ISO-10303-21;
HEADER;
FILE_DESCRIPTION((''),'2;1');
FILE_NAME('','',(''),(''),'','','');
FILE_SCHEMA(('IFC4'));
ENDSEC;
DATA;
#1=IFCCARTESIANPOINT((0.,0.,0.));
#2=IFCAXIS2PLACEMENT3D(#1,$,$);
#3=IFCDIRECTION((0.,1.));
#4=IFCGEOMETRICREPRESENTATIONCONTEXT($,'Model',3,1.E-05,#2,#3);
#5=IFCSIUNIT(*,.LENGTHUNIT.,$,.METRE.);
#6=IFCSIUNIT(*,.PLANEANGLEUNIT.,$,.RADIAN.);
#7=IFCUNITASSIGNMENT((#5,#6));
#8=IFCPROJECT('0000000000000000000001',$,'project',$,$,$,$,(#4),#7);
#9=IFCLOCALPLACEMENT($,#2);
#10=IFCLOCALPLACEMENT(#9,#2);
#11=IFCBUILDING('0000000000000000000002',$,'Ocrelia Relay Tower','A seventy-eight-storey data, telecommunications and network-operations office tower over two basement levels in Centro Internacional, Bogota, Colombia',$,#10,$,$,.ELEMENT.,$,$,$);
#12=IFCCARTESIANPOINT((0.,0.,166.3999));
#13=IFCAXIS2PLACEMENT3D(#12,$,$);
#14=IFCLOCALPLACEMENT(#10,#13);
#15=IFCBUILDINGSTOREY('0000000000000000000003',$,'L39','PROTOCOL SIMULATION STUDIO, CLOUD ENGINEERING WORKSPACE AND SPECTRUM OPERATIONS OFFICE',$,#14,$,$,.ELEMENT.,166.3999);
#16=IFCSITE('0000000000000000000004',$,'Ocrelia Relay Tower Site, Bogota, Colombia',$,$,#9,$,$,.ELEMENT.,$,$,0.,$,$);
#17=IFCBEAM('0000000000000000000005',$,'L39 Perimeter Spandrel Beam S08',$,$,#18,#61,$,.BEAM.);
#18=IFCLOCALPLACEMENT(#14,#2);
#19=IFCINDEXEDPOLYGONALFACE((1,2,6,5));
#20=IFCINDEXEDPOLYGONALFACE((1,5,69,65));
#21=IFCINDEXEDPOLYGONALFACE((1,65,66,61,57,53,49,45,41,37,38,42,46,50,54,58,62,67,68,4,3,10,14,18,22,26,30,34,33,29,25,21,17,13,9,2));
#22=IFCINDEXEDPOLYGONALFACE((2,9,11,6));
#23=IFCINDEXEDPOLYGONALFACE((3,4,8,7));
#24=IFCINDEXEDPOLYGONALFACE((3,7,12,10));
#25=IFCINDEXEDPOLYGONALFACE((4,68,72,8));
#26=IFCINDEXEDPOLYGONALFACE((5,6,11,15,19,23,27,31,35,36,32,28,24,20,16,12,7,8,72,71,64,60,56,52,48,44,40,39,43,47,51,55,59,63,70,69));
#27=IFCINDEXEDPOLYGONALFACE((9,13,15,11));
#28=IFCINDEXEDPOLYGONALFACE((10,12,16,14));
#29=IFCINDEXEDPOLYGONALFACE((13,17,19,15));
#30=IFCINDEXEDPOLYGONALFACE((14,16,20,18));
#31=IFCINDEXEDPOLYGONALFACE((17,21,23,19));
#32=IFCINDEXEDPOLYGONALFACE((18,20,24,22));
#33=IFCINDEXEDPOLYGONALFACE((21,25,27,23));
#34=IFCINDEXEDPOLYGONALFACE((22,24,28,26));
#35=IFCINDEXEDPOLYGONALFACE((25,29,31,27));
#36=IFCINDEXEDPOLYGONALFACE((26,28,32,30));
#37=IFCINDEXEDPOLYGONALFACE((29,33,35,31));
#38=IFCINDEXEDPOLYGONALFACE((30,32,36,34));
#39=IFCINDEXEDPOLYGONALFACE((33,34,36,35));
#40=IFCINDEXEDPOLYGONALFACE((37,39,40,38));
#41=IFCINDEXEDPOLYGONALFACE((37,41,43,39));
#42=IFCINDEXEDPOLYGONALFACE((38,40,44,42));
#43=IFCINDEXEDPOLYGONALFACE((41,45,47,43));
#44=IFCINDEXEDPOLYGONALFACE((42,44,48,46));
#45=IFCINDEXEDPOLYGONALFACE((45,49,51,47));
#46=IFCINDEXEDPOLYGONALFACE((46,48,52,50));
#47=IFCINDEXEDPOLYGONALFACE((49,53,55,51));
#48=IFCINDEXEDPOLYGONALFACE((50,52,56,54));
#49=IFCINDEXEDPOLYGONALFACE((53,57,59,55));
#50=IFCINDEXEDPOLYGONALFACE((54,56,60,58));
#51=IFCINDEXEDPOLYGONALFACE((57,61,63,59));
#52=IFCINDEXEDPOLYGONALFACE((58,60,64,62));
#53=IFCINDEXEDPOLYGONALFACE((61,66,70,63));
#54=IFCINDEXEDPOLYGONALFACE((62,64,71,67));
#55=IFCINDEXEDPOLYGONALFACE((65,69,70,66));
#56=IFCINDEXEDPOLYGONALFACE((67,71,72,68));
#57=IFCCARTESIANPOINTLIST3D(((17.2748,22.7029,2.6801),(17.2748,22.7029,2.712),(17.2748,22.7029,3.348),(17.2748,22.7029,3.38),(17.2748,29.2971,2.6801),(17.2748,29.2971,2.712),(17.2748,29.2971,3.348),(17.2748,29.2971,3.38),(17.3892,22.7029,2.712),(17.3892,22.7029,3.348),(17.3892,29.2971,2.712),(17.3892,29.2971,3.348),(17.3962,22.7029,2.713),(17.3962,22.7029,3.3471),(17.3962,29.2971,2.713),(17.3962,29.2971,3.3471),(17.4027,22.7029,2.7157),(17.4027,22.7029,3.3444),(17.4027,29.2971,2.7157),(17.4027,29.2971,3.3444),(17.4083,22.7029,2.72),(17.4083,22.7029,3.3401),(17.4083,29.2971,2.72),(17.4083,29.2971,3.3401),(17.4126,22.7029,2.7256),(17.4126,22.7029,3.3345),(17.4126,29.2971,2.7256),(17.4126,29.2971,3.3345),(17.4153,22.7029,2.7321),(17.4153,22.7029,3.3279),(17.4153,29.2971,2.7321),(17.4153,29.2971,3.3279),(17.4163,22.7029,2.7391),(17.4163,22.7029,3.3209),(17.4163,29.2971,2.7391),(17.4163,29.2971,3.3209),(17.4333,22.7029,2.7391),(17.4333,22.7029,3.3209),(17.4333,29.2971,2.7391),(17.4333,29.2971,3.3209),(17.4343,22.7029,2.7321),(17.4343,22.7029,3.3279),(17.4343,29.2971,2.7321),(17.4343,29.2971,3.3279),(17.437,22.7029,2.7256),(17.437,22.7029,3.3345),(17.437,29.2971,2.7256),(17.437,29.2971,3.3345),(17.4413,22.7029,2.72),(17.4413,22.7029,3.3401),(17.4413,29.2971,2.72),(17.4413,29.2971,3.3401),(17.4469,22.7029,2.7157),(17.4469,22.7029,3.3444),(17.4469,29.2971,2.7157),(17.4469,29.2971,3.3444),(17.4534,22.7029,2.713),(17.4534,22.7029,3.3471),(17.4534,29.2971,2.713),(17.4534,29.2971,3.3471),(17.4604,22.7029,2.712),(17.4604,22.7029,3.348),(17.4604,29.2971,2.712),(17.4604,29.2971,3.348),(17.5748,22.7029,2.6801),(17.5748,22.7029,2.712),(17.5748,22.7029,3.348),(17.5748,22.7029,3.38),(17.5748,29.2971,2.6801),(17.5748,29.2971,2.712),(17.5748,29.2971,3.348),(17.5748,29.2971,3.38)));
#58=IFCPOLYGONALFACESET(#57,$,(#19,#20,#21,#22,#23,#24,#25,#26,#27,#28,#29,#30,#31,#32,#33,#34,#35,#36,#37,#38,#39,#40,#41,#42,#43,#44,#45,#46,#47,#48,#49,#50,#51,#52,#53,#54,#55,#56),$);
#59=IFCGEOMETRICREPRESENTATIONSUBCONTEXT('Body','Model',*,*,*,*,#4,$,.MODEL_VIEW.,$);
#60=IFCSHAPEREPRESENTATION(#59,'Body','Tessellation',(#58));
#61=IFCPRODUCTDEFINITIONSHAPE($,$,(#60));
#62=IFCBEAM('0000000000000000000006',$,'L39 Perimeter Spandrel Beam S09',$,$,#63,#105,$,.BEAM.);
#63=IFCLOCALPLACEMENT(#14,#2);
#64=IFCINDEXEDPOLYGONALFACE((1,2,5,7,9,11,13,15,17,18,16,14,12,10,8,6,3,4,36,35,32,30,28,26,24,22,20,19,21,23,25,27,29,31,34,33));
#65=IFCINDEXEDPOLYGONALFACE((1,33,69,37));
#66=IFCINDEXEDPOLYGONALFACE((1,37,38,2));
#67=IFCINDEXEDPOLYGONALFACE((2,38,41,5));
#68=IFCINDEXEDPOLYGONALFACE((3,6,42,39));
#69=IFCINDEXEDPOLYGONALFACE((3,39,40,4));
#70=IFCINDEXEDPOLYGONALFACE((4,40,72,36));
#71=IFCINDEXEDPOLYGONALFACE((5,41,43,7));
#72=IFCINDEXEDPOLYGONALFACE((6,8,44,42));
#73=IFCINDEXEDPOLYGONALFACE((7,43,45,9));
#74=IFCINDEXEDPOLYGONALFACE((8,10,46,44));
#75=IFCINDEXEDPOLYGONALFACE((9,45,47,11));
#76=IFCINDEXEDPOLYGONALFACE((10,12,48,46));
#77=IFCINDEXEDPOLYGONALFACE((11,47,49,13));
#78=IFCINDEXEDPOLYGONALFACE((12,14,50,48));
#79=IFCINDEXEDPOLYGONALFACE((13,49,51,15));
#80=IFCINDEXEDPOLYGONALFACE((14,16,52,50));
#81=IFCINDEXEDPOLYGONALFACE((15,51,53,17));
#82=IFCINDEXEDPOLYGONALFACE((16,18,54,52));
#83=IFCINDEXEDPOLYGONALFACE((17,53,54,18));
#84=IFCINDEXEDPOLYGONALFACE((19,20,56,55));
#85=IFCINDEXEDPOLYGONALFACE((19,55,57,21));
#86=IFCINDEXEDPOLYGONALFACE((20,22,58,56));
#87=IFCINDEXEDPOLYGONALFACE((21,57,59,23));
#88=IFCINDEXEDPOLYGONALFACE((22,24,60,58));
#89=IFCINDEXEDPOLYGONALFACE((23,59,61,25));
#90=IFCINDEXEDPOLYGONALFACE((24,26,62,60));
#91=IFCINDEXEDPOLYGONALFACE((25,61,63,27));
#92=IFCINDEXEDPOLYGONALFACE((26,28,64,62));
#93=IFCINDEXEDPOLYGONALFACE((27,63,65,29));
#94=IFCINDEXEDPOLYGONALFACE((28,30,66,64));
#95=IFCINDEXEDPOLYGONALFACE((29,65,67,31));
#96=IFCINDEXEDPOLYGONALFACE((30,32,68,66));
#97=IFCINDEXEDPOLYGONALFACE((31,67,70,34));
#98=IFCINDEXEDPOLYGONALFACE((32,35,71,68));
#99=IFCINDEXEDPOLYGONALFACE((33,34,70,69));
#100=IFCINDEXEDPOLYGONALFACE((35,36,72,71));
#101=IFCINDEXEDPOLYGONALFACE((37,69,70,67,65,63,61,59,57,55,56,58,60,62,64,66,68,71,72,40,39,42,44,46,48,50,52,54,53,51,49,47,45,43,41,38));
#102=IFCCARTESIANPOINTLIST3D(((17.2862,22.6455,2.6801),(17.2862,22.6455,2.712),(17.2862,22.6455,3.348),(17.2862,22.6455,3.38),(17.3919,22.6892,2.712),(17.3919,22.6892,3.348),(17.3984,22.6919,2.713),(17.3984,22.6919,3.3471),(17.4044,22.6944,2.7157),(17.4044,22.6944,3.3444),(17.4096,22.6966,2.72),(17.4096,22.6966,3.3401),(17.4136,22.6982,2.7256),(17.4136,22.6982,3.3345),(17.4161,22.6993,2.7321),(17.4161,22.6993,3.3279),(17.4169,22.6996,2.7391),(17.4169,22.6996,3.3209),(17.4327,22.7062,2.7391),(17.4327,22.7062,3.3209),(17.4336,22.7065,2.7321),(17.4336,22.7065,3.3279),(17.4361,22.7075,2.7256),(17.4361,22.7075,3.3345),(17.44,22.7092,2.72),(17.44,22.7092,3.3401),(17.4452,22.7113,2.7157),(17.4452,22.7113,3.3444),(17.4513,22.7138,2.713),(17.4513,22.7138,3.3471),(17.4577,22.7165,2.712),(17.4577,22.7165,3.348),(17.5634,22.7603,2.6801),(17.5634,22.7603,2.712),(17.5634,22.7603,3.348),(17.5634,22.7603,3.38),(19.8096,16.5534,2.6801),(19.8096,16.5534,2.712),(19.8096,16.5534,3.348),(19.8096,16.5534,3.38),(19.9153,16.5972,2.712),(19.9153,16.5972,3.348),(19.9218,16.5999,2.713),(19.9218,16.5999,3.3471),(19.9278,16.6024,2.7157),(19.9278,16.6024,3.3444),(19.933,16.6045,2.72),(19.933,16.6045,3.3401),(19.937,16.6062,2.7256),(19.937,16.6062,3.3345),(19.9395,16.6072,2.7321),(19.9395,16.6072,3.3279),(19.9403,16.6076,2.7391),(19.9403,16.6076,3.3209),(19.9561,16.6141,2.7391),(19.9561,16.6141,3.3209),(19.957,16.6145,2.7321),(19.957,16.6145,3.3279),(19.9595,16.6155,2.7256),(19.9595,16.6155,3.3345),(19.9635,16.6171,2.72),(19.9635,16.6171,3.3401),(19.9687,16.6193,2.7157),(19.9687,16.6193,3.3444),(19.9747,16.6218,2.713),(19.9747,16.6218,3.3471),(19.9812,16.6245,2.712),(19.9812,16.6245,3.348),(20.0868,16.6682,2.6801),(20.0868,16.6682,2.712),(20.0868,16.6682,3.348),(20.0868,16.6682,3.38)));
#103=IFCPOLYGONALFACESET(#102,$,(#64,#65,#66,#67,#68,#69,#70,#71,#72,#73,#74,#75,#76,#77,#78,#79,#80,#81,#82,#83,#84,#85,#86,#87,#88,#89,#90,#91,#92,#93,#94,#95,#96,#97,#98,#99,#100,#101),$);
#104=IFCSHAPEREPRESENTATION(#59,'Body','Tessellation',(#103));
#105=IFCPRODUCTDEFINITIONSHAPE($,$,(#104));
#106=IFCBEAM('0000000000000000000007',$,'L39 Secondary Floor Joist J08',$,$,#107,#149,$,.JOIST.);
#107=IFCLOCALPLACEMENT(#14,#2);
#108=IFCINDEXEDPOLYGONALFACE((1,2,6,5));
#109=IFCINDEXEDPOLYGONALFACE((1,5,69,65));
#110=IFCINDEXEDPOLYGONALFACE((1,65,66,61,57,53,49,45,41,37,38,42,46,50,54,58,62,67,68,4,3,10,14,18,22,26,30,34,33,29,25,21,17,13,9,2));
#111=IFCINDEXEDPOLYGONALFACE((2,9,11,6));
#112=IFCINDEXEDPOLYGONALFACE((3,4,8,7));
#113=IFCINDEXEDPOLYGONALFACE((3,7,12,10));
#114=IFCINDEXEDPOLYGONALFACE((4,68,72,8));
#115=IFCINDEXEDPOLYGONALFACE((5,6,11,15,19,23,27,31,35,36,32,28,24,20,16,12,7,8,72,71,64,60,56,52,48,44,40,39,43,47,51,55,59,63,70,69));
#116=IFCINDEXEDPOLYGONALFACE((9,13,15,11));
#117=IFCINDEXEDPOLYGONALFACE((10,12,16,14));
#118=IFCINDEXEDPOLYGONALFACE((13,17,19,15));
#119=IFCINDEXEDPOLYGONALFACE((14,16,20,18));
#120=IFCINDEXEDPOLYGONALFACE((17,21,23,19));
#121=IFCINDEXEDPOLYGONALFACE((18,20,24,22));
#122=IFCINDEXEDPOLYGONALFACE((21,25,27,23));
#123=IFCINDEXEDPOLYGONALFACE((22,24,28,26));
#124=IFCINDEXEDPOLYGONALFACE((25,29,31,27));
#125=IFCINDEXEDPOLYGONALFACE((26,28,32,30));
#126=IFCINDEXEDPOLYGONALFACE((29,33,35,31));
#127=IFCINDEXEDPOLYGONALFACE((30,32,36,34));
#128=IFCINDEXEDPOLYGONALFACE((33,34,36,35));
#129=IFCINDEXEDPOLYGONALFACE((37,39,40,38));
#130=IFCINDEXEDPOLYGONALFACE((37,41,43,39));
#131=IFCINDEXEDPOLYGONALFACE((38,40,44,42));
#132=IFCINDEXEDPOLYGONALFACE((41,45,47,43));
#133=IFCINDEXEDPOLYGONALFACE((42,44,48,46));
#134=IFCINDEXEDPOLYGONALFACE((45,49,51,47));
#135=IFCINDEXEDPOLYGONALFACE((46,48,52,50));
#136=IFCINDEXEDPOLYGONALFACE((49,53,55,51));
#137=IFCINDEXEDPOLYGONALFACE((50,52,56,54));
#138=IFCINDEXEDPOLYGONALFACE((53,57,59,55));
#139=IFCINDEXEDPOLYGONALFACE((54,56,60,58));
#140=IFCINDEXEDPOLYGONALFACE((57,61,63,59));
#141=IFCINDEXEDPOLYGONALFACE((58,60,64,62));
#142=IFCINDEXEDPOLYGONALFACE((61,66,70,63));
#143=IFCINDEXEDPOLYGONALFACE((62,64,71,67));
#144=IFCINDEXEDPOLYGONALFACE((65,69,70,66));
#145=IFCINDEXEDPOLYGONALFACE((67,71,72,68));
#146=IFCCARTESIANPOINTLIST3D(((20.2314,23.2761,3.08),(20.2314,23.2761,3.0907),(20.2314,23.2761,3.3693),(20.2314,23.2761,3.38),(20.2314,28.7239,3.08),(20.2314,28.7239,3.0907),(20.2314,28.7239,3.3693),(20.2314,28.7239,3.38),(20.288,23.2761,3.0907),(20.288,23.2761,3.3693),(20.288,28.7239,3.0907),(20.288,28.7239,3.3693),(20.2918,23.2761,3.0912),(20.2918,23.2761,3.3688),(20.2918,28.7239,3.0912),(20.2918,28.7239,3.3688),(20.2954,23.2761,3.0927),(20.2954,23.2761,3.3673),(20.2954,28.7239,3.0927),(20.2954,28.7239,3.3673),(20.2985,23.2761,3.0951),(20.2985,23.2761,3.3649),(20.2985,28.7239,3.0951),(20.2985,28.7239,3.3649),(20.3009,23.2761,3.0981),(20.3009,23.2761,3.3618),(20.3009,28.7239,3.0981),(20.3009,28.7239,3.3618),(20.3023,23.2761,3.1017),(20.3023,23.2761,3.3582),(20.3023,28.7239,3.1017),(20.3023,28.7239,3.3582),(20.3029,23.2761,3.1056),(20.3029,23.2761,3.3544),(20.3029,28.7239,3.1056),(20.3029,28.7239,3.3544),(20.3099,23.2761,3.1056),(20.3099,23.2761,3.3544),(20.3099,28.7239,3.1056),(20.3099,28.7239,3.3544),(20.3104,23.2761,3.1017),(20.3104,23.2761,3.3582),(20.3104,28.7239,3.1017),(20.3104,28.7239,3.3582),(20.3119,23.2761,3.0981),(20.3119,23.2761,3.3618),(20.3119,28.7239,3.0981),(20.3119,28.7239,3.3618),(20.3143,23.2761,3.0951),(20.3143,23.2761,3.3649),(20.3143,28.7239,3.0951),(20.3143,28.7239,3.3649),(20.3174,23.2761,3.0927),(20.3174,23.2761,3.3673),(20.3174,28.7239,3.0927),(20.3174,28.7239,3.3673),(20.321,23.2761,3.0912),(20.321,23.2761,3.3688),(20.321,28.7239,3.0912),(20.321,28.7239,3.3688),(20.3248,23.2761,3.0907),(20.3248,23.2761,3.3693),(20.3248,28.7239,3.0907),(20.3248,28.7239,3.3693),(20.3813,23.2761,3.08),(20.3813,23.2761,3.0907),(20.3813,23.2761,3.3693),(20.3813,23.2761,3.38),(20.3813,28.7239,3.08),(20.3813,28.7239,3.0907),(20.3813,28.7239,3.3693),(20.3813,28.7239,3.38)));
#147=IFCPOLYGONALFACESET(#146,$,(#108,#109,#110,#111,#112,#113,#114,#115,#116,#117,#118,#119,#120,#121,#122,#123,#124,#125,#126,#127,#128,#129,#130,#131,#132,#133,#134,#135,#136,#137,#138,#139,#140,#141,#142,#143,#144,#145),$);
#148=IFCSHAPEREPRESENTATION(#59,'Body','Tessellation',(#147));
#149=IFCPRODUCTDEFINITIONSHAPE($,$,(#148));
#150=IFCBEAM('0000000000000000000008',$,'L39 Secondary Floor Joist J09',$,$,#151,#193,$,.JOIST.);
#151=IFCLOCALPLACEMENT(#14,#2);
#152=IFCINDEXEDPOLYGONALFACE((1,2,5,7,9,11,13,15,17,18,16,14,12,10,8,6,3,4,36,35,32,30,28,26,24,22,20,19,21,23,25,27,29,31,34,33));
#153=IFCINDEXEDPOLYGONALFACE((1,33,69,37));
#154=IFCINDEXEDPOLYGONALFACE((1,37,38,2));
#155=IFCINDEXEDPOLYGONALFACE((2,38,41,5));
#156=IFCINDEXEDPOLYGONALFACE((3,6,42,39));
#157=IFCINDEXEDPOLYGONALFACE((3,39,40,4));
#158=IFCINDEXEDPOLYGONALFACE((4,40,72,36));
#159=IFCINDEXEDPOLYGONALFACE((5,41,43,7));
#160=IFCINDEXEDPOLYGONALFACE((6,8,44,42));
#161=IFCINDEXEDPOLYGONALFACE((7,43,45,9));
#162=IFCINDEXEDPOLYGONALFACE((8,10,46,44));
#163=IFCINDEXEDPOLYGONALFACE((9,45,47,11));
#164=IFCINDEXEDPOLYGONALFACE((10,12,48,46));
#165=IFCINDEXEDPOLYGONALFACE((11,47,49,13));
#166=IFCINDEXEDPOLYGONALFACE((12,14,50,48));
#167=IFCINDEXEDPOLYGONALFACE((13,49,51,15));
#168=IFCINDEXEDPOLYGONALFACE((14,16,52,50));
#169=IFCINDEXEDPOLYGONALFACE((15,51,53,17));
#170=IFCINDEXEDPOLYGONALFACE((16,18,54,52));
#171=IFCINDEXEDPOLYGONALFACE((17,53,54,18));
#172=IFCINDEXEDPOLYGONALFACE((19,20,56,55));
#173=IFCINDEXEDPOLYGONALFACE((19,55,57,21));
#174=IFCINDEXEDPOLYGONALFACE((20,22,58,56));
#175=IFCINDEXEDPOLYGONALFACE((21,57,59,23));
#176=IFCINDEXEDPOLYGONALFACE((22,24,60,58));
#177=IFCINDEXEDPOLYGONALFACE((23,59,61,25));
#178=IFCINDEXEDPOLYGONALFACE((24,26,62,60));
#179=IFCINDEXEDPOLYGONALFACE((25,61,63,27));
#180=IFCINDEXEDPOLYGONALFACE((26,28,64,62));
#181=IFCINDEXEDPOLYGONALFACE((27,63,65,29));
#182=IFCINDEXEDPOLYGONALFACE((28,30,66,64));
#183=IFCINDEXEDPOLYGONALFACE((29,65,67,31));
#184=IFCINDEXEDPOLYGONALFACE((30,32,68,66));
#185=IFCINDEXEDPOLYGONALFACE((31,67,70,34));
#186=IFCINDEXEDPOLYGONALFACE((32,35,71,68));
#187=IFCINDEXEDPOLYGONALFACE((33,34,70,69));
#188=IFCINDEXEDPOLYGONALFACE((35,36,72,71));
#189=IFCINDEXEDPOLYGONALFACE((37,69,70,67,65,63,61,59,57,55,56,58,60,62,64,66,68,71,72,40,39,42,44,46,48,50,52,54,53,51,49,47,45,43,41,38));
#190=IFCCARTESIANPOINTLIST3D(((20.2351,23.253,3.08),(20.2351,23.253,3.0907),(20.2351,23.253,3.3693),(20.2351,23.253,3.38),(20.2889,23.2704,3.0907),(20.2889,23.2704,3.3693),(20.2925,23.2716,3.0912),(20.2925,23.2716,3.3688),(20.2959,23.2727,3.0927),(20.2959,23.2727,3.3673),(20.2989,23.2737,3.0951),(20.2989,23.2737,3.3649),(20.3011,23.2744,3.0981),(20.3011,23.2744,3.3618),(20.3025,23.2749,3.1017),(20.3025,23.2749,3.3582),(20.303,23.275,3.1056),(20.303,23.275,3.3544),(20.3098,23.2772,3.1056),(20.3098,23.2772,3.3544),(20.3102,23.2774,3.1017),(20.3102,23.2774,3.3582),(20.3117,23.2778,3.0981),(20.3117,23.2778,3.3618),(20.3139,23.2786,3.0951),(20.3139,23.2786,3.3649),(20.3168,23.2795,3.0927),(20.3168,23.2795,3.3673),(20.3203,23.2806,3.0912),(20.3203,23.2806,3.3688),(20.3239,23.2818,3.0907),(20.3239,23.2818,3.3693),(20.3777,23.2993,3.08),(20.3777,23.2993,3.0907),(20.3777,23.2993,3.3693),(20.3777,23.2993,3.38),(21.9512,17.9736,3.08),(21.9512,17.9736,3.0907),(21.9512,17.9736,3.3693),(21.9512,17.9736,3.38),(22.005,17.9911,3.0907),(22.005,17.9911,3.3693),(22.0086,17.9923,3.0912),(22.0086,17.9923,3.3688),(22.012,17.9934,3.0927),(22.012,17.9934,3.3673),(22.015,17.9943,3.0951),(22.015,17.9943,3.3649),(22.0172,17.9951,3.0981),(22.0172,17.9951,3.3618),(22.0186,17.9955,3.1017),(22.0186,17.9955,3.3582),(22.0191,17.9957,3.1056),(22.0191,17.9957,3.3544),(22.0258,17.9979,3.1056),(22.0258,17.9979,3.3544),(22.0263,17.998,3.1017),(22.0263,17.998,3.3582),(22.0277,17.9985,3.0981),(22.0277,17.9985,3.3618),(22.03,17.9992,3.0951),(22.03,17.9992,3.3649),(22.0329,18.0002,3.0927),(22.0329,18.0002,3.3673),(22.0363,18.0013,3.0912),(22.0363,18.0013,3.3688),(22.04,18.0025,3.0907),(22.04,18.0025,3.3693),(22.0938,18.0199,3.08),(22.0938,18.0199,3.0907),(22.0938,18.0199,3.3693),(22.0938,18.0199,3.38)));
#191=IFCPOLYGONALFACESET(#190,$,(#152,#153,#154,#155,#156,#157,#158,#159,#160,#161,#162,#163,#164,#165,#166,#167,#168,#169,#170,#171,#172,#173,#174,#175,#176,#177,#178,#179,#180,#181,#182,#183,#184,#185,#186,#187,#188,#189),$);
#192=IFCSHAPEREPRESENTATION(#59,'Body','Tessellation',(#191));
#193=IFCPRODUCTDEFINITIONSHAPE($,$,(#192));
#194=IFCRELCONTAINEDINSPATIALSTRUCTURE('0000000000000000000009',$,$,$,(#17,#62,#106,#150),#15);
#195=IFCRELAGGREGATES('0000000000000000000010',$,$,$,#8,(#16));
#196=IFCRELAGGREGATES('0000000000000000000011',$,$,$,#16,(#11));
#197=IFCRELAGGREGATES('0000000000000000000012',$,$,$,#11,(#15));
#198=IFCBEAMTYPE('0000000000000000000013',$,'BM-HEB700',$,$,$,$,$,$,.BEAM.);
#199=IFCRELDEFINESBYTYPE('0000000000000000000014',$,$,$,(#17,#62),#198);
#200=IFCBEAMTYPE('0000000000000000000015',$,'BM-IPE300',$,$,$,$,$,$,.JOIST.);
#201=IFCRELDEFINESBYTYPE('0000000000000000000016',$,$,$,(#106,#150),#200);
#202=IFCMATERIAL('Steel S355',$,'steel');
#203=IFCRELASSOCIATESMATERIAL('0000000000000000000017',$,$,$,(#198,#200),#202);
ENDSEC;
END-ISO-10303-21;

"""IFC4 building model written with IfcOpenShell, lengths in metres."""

from ifc_helpers import new_model, si_unit, direction, frame, origin, origin_2d, place, context, subcontext, project, spatial, i_section, extrude, material, material_profile, profile_set, type_object, element, save


model = new_model("IFC4")

# Units and contexts
model_context = context("Model", 3, precision=1e-05, world=origin(), true_north=direction((0.0, 1.0)))
body_context = subcontext(model_context, "Body", "Model", "MODEL_VIEW")
ifc_project = project(units=[si_unit("LENGTHUNIT", "METRE"), si_unit("PLANEANGLEUNIT", "RADIAN")], contexts=[model_context])

# Site, building, storey
site_placement = place(None, origin())
site = spatial("IfcSite", under=ifc_project, at=site_placement, Name="Ocrelia Relay Tower Site, Bogota, Colombia", CompositionType="ELEMENT", RefElevation=0.0)
building_placement = place(site_placement, origin())
building = spatial("IfcBuilding", under=site, at=building_placement, Name="Ocrelia Relay Tower", Description="A seventy-eight-storey data, telecommunications and network-operations office tower over two basement levels in Centro Internacional, Bogota, Colombia", CompositionType="ELEMENT")
storey_placement = place(building_placement, frame((0.0, 0.0, 166.3999)))
storey = spatial("IfcBuildingStorey", under=building, at=storey_placement, Name="L39", Description="PROTOCOL SIMULATION STUDIO, CLOUD ENGINEERING WORKSPACE AND SPECTRUM OPERATIONS OFFICE", CompositionType="ELEMENT", Elevation=166.3999)

# Beams
ifc_material_1 = material(Name="Steel S355", Category="steel")
ifc_material_profile_1 = material_profile(ifc_material_1, i_section(OverallWidth=0.3, OverallDepth=0.7, WebThickness=0.0171, FlangeThickness=0.032, FilletRadius=0.0271, at=origin_2d()), Name="HEB 700")
ifc_profile_set_1 = profile_set([ifc_material_profile_1], Name="Steel S355")
beam_type_1 = type_object("IfcBeamType", Name="BM-HEB700", PredefinedType="BEAM", material=ifc_profile_set_1)
beam_1_placement = place(storey_placement, frame((17.4248, 29.2971, 3.03), z_axis=(0.0, -1.0, 0.0), x_axis=(1.0, 0.0, 0.0)))
element("IfcBeam", 1, at=beam_1_placement, inside=storey, type_object=beam_type_1, Name="L39 Perimeter Spandrel Beam S08", PredefinedType="BEAM", context=body_context, shape_type="SweptSolid", body=[
    extrude(i_section(OverallWidth=0.3, OverallDepth=0.7, WebThickness=0.0171, FlangeThickness=0.032, FilletRadius=0.0271, at=origin_2d()), origin(), (0.0, 0.0, 1.0), 6.5942),
])
beam_2_placement = place(storey_placement, frame((17.4248, 22.7029, 3.03), z_axis=(0.382688, -0.923878, 0.0), x_axis=(0.923878, 0.382688, 0.0)))
element("IfcBeam", 2, at=beam_2_placement, inside=storey, type_object=beam_type_1, Name="L39 Perimeter Spandrel Beam S09", PredefinedType="BEAM", context=body_context, shape_type="SweptSolid", body=[
    extrude(i_section(OverallWidth=0.3, OverallDepth=0.7, WebThickness=0.0171, FlangeThickness=0.032, FilletRadius=0.0271, at=origin_2d()), origin(), (0.0, 0.0, 1.0), 6.594),
])
ifc_material_profile_2 = material_profile(ifc_material_1, i_section(OverallWidth=0.1499, OverallDepth=0.3, WebThickness=0.0071, FlangeThickness=0.0107, FilletRadius=0.0149, at=origin_2d()), Name="IPE 300")
ifc_profile_set_2 = profile_set([ifc_material_profile_2], Name="Steel S355")
beam_type_2 = type_object("IfcBeamType", Name="BM-IPE300", PredefinedType="JOIST", material=ifc_profile_set_2)
beam_3_placement = place(storey_placement, frame((20.3064, 28.7239, 3.23), z_axis=(0.0, -1.0, 0.0), x_axis=(1.0, 0.0, 0.0)))
element("IfcBeam", 3, at=beam_3_placement, inside=storey, type_object=beam_type_2, Name="L39 Secondary Floor Joist J08", PredefinedType="JOIST", context=body_context, shape_type="SweptSolid", body=[
    extrude(i_section(OverallWidth=0.1499, OverallDepth=0.3, WebThickness=0.0071, FlangeThickness=0.0107, FilletRadius=0.0149, at=origin_2d()), origin(), (0.0, 0.0, 1.0), 5.4478),
])
beam_4_placement = place(storey_placement, frame((20.3064, 23.2761, 3.23), z_axis=(0.309134, -0.951019, 0.0), x_axis=(0.951019, 0.309134, 0.0)))
element("IfcBeam", 4, at=beam_4_placement, inside=storey, type_object=beam_type_2, Name="L39 Secondary Floor Joist J09", PredefinedType="JOIST", context=body_context, shape_type="SweptSolid", body=[
    extrude(i_section(OverallWidth=0.1499, OverallDepth=0.3, WebThickness=0.0071, FlangeThickness=0.0107, FilletRadius=0.0149, at=origin_2d()), origin(), (0.0, 0.0, 1.0), 5.5513),
])

save(model, "model.ifc")
